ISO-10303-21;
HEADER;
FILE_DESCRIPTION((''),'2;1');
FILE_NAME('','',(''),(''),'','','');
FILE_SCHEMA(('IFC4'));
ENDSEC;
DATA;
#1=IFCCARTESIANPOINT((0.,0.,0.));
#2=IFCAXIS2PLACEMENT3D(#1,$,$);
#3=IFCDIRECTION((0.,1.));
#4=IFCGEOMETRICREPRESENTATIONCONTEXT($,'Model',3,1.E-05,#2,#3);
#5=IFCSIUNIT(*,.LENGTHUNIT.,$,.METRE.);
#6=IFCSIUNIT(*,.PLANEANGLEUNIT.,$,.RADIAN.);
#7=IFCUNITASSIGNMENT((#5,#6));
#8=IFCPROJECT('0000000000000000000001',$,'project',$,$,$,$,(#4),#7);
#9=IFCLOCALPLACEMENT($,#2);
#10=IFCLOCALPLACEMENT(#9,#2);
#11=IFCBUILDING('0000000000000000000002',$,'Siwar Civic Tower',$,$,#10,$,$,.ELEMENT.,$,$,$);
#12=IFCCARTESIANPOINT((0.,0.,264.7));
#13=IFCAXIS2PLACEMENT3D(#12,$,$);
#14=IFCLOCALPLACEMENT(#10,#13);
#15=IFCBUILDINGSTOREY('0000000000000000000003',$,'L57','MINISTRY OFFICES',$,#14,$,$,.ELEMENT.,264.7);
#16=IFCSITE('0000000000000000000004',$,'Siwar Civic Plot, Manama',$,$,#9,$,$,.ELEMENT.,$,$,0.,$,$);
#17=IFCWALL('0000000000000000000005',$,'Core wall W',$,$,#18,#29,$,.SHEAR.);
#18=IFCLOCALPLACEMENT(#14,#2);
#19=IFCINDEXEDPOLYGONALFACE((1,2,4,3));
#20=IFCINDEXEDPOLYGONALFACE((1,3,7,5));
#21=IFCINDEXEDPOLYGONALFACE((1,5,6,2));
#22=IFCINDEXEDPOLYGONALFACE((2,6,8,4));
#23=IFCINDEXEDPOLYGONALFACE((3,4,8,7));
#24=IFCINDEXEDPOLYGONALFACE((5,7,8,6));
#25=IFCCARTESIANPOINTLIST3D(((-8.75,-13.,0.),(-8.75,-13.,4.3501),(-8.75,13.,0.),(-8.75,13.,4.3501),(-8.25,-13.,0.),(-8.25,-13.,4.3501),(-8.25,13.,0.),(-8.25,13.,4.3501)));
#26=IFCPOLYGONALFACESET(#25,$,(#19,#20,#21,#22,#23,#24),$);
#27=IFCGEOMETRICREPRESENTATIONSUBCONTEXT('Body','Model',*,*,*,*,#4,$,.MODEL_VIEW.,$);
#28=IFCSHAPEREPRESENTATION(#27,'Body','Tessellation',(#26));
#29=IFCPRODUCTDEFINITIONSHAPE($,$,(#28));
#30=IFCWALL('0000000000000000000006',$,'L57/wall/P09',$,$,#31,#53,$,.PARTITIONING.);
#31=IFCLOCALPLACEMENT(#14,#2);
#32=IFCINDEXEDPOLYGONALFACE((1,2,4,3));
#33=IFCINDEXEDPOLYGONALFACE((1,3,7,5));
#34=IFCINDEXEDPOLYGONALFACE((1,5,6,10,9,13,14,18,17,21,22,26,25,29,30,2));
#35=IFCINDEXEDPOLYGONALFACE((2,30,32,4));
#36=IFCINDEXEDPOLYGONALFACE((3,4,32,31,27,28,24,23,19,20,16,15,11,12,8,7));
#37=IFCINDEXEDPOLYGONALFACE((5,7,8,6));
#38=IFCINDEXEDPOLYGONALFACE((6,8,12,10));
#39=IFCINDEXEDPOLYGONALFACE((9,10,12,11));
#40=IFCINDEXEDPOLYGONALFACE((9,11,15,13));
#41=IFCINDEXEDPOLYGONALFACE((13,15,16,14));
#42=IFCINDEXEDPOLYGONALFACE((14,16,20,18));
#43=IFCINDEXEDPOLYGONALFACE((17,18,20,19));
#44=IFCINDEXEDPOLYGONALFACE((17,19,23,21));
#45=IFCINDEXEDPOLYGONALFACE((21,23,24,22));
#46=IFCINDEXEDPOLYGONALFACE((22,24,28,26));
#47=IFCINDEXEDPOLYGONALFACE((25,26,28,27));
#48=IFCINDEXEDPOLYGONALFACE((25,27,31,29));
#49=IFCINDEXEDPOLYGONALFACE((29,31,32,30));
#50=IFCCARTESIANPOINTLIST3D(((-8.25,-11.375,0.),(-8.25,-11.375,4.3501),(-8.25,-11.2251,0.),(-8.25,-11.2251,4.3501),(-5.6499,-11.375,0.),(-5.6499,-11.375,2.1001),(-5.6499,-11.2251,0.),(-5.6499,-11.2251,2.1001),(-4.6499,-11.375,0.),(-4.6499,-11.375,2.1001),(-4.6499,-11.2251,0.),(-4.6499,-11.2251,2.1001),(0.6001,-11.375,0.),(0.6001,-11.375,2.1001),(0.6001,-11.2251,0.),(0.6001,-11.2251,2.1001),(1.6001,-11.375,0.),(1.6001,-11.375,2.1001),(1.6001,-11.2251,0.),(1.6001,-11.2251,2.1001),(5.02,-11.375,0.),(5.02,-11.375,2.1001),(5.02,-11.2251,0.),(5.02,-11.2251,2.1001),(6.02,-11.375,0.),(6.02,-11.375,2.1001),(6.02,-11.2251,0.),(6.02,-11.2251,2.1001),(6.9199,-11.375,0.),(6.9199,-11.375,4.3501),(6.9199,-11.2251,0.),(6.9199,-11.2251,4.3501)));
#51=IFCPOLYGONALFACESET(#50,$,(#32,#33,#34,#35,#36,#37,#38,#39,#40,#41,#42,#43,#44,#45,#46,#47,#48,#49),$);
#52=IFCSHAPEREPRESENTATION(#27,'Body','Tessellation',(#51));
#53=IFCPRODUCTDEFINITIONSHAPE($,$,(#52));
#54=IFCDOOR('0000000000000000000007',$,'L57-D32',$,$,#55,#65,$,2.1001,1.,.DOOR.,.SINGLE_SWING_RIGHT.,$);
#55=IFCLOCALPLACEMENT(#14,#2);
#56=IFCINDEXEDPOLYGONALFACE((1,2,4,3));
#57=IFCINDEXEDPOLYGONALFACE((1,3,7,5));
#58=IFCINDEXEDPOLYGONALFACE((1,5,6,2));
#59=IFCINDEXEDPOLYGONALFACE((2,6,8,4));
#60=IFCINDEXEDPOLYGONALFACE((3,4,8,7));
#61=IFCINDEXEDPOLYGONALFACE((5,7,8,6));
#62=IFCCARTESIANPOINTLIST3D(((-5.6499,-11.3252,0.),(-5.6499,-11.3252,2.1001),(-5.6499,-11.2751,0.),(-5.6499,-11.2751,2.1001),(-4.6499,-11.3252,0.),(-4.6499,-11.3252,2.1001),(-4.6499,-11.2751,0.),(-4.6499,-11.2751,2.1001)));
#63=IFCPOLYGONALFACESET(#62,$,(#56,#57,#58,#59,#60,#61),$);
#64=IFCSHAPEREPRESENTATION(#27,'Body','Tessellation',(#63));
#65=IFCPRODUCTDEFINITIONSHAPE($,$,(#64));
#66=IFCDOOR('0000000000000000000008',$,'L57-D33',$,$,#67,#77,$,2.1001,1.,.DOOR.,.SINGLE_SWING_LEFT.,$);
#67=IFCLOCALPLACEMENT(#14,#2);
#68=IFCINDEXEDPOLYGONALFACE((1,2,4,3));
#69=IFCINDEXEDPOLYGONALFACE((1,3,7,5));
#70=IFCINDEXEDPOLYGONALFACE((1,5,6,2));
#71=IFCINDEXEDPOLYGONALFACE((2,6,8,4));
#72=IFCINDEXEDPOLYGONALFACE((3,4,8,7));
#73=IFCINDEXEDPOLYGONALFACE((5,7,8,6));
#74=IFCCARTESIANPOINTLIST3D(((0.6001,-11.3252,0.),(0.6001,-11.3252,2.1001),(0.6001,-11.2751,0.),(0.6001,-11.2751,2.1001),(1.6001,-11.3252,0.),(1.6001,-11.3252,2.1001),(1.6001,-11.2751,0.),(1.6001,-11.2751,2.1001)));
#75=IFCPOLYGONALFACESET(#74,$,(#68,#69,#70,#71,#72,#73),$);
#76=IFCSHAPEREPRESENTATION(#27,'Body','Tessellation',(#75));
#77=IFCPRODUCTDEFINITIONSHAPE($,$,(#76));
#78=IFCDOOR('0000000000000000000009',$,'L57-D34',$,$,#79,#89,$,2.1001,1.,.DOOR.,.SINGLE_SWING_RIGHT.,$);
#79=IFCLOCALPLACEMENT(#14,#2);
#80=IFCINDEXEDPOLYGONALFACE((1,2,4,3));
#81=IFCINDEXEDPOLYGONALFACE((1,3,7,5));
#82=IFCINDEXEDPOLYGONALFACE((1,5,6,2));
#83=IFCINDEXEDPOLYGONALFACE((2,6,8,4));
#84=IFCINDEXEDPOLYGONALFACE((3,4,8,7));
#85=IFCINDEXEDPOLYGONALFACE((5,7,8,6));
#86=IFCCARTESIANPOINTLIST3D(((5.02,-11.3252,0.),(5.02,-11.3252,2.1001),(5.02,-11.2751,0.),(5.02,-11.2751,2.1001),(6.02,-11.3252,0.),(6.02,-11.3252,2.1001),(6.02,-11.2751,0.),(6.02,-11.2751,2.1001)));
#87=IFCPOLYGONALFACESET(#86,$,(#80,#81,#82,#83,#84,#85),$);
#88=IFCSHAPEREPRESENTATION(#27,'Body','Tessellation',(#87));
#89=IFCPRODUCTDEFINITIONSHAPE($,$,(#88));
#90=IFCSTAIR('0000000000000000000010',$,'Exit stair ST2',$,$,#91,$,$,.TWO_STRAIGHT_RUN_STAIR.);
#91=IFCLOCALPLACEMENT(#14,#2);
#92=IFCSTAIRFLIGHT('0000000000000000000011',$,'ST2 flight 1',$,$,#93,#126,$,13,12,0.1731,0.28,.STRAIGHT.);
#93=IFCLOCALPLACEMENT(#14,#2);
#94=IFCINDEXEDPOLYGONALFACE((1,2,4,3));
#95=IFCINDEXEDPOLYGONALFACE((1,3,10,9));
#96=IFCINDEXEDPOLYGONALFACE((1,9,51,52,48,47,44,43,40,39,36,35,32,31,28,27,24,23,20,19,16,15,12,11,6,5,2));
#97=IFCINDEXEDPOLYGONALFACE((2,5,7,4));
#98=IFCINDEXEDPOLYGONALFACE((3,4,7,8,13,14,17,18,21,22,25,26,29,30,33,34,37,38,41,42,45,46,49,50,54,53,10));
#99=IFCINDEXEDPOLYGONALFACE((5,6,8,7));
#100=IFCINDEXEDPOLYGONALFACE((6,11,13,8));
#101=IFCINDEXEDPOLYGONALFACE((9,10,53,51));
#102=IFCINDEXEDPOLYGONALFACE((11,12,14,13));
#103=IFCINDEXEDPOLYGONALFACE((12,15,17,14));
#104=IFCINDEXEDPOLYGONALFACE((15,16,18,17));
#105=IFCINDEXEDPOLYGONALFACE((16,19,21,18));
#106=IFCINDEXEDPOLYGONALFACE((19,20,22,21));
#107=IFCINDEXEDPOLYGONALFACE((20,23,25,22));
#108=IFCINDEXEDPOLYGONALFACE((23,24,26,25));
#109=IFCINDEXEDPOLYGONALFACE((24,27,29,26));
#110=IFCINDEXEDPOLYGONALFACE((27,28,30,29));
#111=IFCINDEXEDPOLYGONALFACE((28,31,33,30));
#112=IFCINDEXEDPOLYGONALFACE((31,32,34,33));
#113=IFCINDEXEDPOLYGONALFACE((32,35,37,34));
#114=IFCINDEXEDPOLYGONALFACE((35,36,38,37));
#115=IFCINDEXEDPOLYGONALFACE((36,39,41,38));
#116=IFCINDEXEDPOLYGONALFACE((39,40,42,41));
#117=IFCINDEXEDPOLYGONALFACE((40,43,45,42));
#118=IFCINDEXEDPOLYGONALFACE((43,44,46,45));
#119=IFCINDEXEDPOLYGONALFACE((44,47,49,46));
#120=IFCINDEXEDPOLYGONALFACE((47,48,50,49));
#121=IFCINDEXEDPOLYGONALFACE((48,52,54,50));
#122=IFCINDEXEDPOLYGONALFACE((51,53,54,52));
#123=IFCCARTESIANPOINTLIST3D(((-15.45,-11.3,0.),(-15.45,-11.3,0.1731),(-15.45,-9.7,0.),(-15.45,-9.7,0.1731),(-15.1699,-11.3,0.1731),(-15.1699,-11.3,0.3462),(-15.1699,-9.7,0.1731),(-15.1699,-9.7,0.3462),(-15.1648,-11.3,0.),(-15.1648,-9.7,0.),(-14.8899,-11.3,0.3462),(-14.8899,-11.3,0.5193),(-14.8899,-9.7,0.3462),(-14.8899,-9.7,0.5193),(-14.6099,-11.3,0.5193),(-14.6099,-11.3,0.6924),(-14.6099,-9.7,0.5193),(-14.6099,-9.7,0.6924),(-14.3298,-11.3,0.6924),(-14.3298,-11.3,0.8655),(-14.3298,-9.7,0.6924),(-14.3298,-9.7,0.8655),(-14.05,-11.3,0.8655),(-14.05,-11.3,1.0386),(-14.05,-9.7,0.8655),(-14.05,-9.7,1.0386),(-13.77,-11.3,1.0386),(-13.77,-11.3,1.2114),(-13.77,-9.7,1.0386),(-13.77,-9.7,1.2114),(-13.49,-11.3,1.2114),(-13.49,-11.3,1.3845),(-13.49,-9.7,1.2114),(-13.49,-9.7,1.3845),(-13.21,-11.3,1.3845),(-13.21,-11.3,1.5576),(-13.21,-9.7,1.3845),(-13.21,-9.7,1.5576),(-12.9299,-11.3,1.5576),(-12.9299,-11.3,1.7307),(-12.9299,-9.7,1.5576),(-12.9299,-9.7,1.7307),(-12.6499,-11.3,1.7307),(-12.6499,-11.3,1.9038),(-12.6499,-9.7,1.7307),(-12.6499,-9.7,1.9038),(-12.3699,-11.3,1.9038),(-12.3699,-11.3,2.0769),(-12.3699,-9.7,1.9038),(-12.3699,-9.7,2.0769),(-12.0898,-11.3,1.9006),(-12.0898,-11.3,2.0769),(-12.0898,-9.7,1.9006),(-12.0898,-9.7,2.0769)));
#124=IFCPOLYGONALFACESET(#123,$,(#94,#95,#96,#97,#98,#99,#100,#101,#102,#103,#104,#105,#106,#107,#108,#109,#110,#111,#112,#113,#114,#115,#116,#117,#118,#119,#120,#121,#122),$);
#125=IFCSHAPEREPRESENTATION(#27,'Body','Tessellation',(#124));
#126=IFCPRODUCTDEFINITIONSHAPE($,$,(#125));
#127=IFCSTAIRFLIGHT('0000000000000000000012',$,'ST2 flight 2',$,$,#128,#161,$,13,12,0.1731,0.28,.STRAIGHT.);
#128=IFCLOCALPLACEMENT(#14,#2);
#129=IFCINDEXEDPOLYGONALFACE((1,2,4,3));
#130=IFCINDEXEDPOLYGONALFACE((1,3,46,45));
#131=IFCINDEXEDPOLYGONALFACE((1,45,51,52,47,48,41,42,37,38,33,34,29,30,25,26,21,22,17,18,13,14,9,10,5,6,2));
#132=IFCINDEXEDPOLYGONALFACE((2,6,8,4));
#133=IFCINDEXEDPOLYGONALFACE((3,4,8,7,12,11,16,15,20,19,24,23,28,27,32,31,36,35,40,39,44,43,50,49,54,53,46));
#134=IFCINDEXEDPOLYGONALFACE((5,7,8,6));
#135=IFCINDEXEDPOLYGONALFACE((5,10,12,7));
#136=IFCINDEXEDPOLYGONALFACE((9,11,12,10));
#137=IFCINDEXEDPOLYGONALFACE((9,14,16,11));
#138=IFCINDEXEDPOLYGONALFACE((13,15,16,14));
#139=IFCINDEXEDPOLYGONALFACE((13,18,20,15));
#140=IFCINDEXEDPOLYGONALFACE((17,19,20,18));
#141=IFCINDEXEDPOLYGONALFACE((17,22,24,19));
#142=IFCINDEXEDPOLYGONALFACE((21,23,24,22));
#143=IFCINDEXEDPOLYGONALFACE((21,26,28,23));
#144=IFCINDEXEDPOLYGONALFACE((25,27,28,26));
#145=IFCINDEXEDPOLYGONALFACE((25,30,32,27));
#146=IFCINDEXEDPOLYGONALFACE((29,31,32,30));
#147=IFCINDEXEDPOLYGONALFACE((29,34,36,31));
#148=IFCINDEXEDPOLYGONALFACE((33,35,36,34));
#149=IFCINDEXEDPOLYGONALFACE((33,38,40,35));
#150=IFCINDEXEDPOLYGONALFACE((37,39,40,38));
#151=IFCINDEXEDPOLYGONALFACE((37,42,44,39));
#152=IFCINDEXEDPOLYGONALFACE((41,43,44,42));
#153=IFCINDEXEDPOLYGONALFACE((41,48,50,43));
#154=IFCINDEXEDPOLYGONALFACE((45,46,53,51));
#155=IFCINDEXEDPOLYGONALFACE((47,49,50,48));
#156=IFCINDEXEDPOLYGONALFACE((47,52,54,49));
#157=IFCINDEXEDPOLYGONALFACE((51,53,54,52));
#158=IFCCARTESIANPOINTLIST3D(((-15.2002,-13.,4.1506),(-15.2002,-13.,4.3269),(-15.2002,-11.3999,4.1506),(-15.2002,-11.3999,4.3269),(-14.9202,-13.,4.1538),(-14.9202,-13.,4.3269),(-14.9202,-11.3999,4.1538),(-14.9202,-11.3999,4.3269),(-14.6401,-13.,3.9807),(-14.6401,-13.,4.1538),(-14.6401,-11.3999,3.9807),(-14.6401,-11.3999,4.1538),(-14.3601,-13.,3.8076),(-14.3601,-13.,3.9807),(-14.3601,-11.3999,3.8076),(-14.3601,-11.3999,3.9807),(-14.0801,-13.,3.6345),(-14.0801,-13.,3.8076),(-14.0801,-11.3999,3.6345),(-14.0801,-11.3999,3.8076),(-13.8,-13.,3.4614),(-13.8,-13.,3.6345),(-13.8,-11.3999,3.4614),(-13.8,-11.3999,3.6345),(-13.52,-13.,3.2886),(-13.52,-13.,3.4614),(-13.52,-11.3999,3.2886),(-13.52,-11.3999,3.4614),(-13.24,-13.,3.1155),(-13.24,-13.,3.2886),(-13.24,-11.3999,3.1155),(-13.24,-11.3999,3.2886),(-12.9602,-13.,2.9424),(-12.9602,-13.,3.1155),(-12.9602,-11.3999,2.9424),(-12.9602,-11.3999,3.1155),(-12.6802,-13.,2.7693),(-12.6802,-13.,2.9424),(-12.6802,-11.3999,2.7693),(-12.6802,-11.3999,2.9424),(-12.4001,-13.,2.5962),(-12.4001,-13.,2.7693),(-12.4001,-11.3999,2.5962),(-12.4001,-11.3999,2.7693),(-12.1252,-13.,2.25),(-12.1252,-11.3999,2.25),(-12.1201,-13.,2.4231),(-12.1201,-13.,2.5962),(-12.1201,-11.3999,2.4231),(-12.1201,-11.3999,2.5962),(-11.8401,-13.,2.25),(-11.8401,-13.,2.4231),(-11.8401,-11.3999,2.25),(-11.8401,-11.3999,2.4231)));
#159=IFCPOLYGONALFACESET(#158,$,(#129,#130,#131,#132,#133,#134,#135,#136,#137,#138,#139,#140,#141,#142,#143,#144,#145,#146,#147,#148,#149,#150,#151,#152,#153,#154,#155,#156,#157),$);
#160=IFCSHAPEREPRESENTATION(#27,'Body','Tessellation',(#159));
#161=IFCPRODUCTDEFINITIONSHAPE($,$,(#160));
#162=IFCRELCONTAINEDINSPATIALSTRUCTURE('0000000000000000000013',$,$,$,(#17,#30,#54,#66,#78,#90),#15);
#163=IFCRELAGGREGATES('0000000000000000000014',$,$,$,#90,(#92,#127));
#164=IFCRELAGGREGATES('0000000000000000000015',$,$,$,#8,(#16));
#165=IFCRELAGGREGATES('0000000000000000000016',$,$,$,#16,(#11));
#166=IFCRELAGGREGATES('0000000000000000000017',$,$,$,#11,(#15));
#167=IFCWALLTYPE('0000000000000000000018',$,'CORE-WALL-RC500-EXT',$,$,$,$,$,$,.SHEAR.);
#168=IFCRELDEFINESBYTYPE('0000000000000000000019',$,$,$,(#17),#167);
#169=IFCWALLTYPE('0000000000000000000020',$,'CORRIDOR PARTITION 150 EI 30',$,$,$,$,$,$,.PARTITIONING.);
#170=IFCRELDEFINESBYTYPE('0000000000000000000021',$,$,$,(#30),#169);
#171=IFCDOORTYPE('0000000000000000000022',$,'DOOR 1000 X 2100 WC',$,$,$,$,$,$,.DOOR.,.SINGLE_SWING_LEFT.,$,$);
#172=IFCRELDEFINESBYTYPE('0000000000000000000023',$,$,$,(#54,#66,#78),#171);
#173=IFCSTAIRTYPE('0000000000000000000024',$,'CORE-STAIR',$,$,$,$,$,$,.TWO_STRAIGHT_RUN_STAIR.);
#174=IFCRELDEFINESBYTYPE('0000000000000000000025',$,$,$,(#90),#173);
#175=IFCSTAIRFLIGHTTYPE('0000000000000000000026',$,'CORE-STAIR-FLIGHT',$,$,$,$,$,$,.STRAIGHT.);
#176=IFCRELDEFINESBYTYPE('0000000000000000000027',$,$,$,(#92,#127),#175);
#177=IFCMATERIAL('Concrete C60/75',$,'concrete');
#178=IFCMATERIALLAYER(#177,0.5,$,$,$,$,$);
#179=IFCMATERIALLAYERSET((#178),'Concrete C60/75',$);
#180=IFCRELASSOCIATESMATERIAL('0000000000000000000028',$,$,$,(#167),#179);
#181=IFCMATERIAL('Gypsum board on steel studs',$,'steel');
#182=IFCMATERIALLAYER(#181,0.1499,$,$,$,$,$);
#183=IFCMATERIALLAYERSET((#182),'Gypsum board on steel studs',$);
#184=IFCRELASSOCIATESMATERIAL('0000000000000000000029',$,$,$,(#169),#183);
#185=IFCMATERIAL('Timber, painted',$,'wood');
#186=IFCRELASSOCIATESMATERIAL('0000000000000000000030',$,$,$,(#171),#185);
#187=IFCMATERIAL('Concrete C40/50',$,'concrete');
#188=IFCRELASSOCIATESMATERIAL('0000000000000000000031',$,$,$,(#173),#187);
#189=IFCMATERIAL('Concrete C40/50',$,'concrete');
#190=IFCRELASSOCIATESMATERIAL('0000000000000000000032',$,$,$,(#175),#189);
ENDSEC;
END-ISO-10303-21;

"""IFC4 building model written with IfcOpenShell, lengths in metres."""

from ifc_helpers import new_model, si_unit, direction, frame, frame_2d, origin, place, context, subcontext, project, spatial, polyline, rectangle, outline, extrude, material, layer, layer_set, type_object, element, fill, aggregate, save


model = new_model("IFC4")

# Units and contexts
model_context = context("Model", 3, precision=1e-05, world=origin(), true_north=direction((0.0, 1.0)))
body_context = subcontext(model_context, "Body", "Model", "MODEL_VIEW")
ifc_project = project(units=[si_unit("LENGTHUNIT", "METRE"), si_unit("PLANEANGLEUNIT", "RADIAN")], contexts=[model_context])

# Site, building, storey
site_placement = place(None, origin())
site = spatial("IfcSite", under=ifc_project, at=site_placement, Name="Siwar Civic Plot, Manama", CompositionType="ELEMENT", RefElevation=0.0)
building_placement = place(site_placement, origin())
building = spatial("IfcBuilding", under=site, at=building_placement, Name="Siwar Civic Tower", CompositionType="ELEMENT")
storey_placement = place(building_placement, frame((0.0, 0.0, 264.7)))
storey = spatial("IfcBuildingStorey", under=building, at=storey_placement, Name="L57", Description="MINISTRY OFFICES", CompositionType="ELEMENT", Elevation=264.7)

# Wall
ifc_material_1 = material(Name="Concrete C60/75", Category="concrete")
ifc_layer_1 = layer(ifc_material_1, 0.5)
ifc_layer_set_1 = layer_set([ifc_layer_1], Name="Concrete C60/75")
wall_type_1 = type_object("IfcWallType", Name="CORE-WALL-RC500-EXT", PredefinedType="SHEAR", material=ifc_layer_set_1)
wall_1_placement = place(storey_placement, frame((-8.5, -13.0, 0.0), z_axis=(0.0, 0.0, 1.0), x_axis=(0.0, 1.0, 0.0)))
element("IfcWall", 1, at=wall_1_placement, inside=storey, type_object=wall_type_1, Name="Core wall W", PredefinedType="SHEAR", context=body_context, shape_type="SweptSolid", body=[
    extrude(rectangle(XDim=26.0, YDim=0.5, at=frame_2d((13.0, 0.0))), origin(), (0.0, 0.0, 1.0), 4.3501),
])

# Wall, openings, doors
ifc_material_2 = material(Name="Gypsum board on steel studs", Category="steel")
ifc_layer_2 = layer(ifc_material_2, 0.1499)
ifc_layer_set_2 = layer_set([ifc_layer_2], Name="Gypsum board on steel studs")
wall_type_2 = type_object("IfcWallType", Name="CORRIDOR PARTITION 150 EI 30", PredefinedType="PARTITIONING", material=ifc_layer_set_2)
wall_2_placement = place(storey_placement, frame((-8.25, -11.3, 0.0), z_axis=(0.0, 0.0, 1.0), x_axis=(1.0, 0.0, 0.0)))
wall_2 = element("IfcWall", 2, at=wall_2_placement, inside=storey, type_object=wall_type_2, Name="L57/wall/P09", PredefinedType="PARTITIONING", context=body_context, shape_type="SweptSolid", body=[
    extrude(rectangle(XDim=15.1699, YDim=0.1499, at=frame_2d((7.585, 0.0))), origin(), (0.0, 0.0, 1.0), 4.3501),
])
opening_1_placement = place(wall_2_placement, frame((2.6001, 0.0, 0.0)))
opening_1 = element("IfcOpeningElement", 3, at=opening_1_placement, cuts=wall_2, PredefinedType="OPENING", context=body_context, shape_type="SweptSolid", body=[
    extrude(rectangle(XDim=1.0, YDim=2.1001, at=frame_2d((0.5, 1.05))), frame((0.0, 0.085, 0.0), z_axis=(0.0, -1.0, 0.0), x_axis=(1.0, 0.0, 0.0)), (0.0, 0.0, 1.0), 0.1699),
])
opening_2_placement = place(wall_2_placement, frame((8.8501, 0.0, 0.0)))
opening_2 = element("IfcOpeningElement", 4, at=opening_2_placement, cuts=wall_2, PredefinedType="OPENING", context=body_context, shape_type="SweptSolid", body=[
    extrude(rectangle(XDim=1.0, YDim=2.1001, at=frame_2d((0.5, 1.05))), frame((0.0, 0.085, 0.0), z_axis=(0.0, -1.0, 0.0), x_axis=(1.0, 0.0, 0.0)), (0.0, 0.0, 1.0), 0.1699),
])
opening_3_placement = place(wall_2_placement, frame((13.27, 0.0, 0.0)))
opening_3 = element("IfcOpeningElement", 5, at=opening_3_placement, cuts=wall_2, PredefinedType="OPENING", context=body_context, shape_type="SweptSolid", body=[
    extrude(rectangle(XDim=1.0, YDim=2.1001, at=frame_2d((0.5, 1.05))), frame((0.0, 0.085, 0.0), z_axis=(0.0, -1.0, 0.0), x_axis=(1.0, 0.0, 0.0)), (0.0, 0.0, 1.0), 0.1699),
])
ifc_material_3 = material(Name="Timber, painted", Category="wood")
door_type_1 = type_object("IfcDoorType", Name="DOOR 1000 X 2100 WC", OperationType="SINGLE_SWING_LEFT", PredefinedType="DOOR", material=ifc_material_3)
door_1_placement = place(opening_1_placement, origin())
door_1 = element("IfcDoor", 6, at=door_1_placement, inside=storey, type_object=door_type_1, Name="L57-D32", OperationType="SINGLE_SWING_RIGHT", OverallHeight=2.1001, OverallWidth=1.0, PredefinedType="DOOR", context=body_context, shape_type="SweptSolid", body=[
    extrude(rectangle(XDim=1.0, YDim=2.1001, at=frame_2d((0.5, 1.05))), frame((0.0, 0.0249, 0.0), z_axis=(0.0, -1.0, 0.0), x_axis=(1.0, 0.0, 0.0)), (0.0, 0.0, 1.0), 0.05),
])
fill(opening_1, door_1)
door_2_placement = place(opening_2_placement, origin())
door_2 = element("IfcDoor", 7, at=door_2_placement, inside=storey, type_object=door_type_1, Name="L57-D33", OperationType="SINGLE_SWING_LEFT", OverallHeight=2.1001, OverallWidth=1.0, PredefinedType="DOOR", context=body_context, shape_type="SweptSolid", body=[
    extrude(rectangle(XDim=1.0, YDim=2.1001, at=frame_2d((0.5, 1.05))), frame((0.0, 0.0249, 0.0), z_axis=(0.0, -1.0, 0.0), x_axis=(1.0, 0.0, 0.0)), (0.0, 0.0, 1.0), 0.05),
])
fill(opening_2, door_2)
door_3_placement = place(opening_3_placement, origin())
door_3 = element("IfcDoor", 8, at=door_3_placement, inside=storey, type_object=door_type_1, Name="L57-D34", OperationType="SINGLE_SWING_RIGHT", OverallHeight=2.1001, OverallWidth=1.0, PredefinedType="DOOR", context=body_context, shape_type="SweptSolid", body=[
    extrude(rectangle(XDim=1.0, YDim=2.1001, at=frame_2d((0.5, 1.05))), frame((0.0, 0.0249, 0.0), z_axis=(0.0, -1.0, 0.0), x_axis=(1.0, 0.0, 0.0)), (0.0, 0.0, 1.0), 0.05),
])
fill(opening_3, door_3)

# Stair, stair flights
ifc_material_4 = material(Name="Concrete C40/50", Category="concrete")
stair_type = type_object("IfcStairType", Name="CORE-STAIR", PredefinedType="TWO_STRAIGHT_RUN_STAIR", material=ifc_material_4)
stair_placement = place(storey_placement, origin())
stair = element("IfcStair", 9, at=stair_placement, inside=storey, type_object=stair_type, Name="Exit stair ST2", PredefinedType="TWO_STRAIGHT_RUN_STAIR")
ifc_material_5 = material(Name="Concrete C40/50", Category="concrete")
stair_flight_type = type_object("IfcStairFlightType", Name="CORE-STAIR-FLIGHT", PredefinedType="STRAIGHT", material=ifc_material_5)
stair_flight_1_placement = place(storey_placement, frame((-15.45, -10.5, 0.0), z_axis=(0.0, 0.0, 1.0), x_axis=(1.0, 0.0, 0.0)))
stair_flight_1 = element("IfcStairFlight", 10, at=stair_flight_1_placement, type_object=stair_flight_type, Name="ST2 flight 1", NumberOfRisers=13, NumberOfTreads=12, PredefinedType="STRAIGHT", RiserHeight=0.1731, TreadLength=0.28, context=body_context, shape_type="SweptSolid", body=[
    extrude(outline(polyline([(0.0, 0.0), (0.0, 0.1731), (0.28, 0.1731), (0.28, 0.3462), (0.5601, 0.3462), (0.5601, 0.5193), (0.8401, 0.5193), (0.8401, 0.6924), (1.1201, 0.6924), (1.1201, 0.8655), (1.3999, 0.8655), (1.3999, 1.0386), (1.6799, 1.0386), (1.6799, 1.2114), (1.96, 1.2114), (1.96, 1.3845), (2.24, 1.3845), (2.24, 1.5576), (2.52, 1.5576), (2.52, 1.7307), (2.8, 1.7307), (2.8, 1.9038), (3.0801, 1.9038), (3.0801, 2.0769), (3.3601, 2.0769), (3.3601, 2.25), (3.3601, 1.9006), (0.2852, 0.0), (0.0, 0.0)])), frame((0.0, 0.8, 0.0), z_axis=(0.0, -1.0, 0.0), x_axis=(1.0, 0.0, 0.0)), (0.0, 0.0, 1.0), 1.6001),
])
stair_flight_2_placement = place(storey_placement, frame((-11.8401, -12.2, 2.25), z_axis=(0.0, 0.0, 1.0), x_axis=(-1.0, 0.0, 0.0)))
stair_flight_2 = element("IfcStairFlight", 11, at=stair_flight_2_placement, type_object=stair_flight_type, Name="ST2 flight 2", NumberOfRisers=13, NumberOfTreads=12, PredefinedType="STRAIGHT", RiserHeight=0.1731, TreadLength=0.28, context=body_context, shape_type="SweptSolid", body=[
    extrude(outline(polyline([(0.0, 0.0), (0.0, 0.1731), (0.28, 0.1731), (0.28, 0.3462), (0.5601, 0.3462), (0.5601, 0.5193), (0.8401, 0.5193), (0.8401, 0.6924), (1.1201, 0.6924), (1.1201, 0.8655), (1.3999, 0.8655), (1.3999, 1.0386), (1.6799, 1.0386), (1.6799, 1.2114), (1.96, 1.2114), (1.96, 1.3845), (2.24, 1.3845), (2.24, 1.5576), (2.52, 1.5576), (2.52, 1.7307), (2.8, 1.7307), (2.8, 1.9038), (3.0801, 1.9038), (3.0801, 2.0769), (3.3601, 2.0769), (3.3601, 2.25), (3.3601, 1.9006), (0.2852, 0.0), (0.0, 0.0)])), frame((0.0, 0.8, 0.0), z_axis=(0.0, -1.0, 0.0), x_axis=(1.0, 0.0, 0.0)), (0.0, 0.0, 1.0), 1.6001),
])
aggregate(stair, [stair_flight_1, stair_flight_2])

save(model, "model.ifc")
